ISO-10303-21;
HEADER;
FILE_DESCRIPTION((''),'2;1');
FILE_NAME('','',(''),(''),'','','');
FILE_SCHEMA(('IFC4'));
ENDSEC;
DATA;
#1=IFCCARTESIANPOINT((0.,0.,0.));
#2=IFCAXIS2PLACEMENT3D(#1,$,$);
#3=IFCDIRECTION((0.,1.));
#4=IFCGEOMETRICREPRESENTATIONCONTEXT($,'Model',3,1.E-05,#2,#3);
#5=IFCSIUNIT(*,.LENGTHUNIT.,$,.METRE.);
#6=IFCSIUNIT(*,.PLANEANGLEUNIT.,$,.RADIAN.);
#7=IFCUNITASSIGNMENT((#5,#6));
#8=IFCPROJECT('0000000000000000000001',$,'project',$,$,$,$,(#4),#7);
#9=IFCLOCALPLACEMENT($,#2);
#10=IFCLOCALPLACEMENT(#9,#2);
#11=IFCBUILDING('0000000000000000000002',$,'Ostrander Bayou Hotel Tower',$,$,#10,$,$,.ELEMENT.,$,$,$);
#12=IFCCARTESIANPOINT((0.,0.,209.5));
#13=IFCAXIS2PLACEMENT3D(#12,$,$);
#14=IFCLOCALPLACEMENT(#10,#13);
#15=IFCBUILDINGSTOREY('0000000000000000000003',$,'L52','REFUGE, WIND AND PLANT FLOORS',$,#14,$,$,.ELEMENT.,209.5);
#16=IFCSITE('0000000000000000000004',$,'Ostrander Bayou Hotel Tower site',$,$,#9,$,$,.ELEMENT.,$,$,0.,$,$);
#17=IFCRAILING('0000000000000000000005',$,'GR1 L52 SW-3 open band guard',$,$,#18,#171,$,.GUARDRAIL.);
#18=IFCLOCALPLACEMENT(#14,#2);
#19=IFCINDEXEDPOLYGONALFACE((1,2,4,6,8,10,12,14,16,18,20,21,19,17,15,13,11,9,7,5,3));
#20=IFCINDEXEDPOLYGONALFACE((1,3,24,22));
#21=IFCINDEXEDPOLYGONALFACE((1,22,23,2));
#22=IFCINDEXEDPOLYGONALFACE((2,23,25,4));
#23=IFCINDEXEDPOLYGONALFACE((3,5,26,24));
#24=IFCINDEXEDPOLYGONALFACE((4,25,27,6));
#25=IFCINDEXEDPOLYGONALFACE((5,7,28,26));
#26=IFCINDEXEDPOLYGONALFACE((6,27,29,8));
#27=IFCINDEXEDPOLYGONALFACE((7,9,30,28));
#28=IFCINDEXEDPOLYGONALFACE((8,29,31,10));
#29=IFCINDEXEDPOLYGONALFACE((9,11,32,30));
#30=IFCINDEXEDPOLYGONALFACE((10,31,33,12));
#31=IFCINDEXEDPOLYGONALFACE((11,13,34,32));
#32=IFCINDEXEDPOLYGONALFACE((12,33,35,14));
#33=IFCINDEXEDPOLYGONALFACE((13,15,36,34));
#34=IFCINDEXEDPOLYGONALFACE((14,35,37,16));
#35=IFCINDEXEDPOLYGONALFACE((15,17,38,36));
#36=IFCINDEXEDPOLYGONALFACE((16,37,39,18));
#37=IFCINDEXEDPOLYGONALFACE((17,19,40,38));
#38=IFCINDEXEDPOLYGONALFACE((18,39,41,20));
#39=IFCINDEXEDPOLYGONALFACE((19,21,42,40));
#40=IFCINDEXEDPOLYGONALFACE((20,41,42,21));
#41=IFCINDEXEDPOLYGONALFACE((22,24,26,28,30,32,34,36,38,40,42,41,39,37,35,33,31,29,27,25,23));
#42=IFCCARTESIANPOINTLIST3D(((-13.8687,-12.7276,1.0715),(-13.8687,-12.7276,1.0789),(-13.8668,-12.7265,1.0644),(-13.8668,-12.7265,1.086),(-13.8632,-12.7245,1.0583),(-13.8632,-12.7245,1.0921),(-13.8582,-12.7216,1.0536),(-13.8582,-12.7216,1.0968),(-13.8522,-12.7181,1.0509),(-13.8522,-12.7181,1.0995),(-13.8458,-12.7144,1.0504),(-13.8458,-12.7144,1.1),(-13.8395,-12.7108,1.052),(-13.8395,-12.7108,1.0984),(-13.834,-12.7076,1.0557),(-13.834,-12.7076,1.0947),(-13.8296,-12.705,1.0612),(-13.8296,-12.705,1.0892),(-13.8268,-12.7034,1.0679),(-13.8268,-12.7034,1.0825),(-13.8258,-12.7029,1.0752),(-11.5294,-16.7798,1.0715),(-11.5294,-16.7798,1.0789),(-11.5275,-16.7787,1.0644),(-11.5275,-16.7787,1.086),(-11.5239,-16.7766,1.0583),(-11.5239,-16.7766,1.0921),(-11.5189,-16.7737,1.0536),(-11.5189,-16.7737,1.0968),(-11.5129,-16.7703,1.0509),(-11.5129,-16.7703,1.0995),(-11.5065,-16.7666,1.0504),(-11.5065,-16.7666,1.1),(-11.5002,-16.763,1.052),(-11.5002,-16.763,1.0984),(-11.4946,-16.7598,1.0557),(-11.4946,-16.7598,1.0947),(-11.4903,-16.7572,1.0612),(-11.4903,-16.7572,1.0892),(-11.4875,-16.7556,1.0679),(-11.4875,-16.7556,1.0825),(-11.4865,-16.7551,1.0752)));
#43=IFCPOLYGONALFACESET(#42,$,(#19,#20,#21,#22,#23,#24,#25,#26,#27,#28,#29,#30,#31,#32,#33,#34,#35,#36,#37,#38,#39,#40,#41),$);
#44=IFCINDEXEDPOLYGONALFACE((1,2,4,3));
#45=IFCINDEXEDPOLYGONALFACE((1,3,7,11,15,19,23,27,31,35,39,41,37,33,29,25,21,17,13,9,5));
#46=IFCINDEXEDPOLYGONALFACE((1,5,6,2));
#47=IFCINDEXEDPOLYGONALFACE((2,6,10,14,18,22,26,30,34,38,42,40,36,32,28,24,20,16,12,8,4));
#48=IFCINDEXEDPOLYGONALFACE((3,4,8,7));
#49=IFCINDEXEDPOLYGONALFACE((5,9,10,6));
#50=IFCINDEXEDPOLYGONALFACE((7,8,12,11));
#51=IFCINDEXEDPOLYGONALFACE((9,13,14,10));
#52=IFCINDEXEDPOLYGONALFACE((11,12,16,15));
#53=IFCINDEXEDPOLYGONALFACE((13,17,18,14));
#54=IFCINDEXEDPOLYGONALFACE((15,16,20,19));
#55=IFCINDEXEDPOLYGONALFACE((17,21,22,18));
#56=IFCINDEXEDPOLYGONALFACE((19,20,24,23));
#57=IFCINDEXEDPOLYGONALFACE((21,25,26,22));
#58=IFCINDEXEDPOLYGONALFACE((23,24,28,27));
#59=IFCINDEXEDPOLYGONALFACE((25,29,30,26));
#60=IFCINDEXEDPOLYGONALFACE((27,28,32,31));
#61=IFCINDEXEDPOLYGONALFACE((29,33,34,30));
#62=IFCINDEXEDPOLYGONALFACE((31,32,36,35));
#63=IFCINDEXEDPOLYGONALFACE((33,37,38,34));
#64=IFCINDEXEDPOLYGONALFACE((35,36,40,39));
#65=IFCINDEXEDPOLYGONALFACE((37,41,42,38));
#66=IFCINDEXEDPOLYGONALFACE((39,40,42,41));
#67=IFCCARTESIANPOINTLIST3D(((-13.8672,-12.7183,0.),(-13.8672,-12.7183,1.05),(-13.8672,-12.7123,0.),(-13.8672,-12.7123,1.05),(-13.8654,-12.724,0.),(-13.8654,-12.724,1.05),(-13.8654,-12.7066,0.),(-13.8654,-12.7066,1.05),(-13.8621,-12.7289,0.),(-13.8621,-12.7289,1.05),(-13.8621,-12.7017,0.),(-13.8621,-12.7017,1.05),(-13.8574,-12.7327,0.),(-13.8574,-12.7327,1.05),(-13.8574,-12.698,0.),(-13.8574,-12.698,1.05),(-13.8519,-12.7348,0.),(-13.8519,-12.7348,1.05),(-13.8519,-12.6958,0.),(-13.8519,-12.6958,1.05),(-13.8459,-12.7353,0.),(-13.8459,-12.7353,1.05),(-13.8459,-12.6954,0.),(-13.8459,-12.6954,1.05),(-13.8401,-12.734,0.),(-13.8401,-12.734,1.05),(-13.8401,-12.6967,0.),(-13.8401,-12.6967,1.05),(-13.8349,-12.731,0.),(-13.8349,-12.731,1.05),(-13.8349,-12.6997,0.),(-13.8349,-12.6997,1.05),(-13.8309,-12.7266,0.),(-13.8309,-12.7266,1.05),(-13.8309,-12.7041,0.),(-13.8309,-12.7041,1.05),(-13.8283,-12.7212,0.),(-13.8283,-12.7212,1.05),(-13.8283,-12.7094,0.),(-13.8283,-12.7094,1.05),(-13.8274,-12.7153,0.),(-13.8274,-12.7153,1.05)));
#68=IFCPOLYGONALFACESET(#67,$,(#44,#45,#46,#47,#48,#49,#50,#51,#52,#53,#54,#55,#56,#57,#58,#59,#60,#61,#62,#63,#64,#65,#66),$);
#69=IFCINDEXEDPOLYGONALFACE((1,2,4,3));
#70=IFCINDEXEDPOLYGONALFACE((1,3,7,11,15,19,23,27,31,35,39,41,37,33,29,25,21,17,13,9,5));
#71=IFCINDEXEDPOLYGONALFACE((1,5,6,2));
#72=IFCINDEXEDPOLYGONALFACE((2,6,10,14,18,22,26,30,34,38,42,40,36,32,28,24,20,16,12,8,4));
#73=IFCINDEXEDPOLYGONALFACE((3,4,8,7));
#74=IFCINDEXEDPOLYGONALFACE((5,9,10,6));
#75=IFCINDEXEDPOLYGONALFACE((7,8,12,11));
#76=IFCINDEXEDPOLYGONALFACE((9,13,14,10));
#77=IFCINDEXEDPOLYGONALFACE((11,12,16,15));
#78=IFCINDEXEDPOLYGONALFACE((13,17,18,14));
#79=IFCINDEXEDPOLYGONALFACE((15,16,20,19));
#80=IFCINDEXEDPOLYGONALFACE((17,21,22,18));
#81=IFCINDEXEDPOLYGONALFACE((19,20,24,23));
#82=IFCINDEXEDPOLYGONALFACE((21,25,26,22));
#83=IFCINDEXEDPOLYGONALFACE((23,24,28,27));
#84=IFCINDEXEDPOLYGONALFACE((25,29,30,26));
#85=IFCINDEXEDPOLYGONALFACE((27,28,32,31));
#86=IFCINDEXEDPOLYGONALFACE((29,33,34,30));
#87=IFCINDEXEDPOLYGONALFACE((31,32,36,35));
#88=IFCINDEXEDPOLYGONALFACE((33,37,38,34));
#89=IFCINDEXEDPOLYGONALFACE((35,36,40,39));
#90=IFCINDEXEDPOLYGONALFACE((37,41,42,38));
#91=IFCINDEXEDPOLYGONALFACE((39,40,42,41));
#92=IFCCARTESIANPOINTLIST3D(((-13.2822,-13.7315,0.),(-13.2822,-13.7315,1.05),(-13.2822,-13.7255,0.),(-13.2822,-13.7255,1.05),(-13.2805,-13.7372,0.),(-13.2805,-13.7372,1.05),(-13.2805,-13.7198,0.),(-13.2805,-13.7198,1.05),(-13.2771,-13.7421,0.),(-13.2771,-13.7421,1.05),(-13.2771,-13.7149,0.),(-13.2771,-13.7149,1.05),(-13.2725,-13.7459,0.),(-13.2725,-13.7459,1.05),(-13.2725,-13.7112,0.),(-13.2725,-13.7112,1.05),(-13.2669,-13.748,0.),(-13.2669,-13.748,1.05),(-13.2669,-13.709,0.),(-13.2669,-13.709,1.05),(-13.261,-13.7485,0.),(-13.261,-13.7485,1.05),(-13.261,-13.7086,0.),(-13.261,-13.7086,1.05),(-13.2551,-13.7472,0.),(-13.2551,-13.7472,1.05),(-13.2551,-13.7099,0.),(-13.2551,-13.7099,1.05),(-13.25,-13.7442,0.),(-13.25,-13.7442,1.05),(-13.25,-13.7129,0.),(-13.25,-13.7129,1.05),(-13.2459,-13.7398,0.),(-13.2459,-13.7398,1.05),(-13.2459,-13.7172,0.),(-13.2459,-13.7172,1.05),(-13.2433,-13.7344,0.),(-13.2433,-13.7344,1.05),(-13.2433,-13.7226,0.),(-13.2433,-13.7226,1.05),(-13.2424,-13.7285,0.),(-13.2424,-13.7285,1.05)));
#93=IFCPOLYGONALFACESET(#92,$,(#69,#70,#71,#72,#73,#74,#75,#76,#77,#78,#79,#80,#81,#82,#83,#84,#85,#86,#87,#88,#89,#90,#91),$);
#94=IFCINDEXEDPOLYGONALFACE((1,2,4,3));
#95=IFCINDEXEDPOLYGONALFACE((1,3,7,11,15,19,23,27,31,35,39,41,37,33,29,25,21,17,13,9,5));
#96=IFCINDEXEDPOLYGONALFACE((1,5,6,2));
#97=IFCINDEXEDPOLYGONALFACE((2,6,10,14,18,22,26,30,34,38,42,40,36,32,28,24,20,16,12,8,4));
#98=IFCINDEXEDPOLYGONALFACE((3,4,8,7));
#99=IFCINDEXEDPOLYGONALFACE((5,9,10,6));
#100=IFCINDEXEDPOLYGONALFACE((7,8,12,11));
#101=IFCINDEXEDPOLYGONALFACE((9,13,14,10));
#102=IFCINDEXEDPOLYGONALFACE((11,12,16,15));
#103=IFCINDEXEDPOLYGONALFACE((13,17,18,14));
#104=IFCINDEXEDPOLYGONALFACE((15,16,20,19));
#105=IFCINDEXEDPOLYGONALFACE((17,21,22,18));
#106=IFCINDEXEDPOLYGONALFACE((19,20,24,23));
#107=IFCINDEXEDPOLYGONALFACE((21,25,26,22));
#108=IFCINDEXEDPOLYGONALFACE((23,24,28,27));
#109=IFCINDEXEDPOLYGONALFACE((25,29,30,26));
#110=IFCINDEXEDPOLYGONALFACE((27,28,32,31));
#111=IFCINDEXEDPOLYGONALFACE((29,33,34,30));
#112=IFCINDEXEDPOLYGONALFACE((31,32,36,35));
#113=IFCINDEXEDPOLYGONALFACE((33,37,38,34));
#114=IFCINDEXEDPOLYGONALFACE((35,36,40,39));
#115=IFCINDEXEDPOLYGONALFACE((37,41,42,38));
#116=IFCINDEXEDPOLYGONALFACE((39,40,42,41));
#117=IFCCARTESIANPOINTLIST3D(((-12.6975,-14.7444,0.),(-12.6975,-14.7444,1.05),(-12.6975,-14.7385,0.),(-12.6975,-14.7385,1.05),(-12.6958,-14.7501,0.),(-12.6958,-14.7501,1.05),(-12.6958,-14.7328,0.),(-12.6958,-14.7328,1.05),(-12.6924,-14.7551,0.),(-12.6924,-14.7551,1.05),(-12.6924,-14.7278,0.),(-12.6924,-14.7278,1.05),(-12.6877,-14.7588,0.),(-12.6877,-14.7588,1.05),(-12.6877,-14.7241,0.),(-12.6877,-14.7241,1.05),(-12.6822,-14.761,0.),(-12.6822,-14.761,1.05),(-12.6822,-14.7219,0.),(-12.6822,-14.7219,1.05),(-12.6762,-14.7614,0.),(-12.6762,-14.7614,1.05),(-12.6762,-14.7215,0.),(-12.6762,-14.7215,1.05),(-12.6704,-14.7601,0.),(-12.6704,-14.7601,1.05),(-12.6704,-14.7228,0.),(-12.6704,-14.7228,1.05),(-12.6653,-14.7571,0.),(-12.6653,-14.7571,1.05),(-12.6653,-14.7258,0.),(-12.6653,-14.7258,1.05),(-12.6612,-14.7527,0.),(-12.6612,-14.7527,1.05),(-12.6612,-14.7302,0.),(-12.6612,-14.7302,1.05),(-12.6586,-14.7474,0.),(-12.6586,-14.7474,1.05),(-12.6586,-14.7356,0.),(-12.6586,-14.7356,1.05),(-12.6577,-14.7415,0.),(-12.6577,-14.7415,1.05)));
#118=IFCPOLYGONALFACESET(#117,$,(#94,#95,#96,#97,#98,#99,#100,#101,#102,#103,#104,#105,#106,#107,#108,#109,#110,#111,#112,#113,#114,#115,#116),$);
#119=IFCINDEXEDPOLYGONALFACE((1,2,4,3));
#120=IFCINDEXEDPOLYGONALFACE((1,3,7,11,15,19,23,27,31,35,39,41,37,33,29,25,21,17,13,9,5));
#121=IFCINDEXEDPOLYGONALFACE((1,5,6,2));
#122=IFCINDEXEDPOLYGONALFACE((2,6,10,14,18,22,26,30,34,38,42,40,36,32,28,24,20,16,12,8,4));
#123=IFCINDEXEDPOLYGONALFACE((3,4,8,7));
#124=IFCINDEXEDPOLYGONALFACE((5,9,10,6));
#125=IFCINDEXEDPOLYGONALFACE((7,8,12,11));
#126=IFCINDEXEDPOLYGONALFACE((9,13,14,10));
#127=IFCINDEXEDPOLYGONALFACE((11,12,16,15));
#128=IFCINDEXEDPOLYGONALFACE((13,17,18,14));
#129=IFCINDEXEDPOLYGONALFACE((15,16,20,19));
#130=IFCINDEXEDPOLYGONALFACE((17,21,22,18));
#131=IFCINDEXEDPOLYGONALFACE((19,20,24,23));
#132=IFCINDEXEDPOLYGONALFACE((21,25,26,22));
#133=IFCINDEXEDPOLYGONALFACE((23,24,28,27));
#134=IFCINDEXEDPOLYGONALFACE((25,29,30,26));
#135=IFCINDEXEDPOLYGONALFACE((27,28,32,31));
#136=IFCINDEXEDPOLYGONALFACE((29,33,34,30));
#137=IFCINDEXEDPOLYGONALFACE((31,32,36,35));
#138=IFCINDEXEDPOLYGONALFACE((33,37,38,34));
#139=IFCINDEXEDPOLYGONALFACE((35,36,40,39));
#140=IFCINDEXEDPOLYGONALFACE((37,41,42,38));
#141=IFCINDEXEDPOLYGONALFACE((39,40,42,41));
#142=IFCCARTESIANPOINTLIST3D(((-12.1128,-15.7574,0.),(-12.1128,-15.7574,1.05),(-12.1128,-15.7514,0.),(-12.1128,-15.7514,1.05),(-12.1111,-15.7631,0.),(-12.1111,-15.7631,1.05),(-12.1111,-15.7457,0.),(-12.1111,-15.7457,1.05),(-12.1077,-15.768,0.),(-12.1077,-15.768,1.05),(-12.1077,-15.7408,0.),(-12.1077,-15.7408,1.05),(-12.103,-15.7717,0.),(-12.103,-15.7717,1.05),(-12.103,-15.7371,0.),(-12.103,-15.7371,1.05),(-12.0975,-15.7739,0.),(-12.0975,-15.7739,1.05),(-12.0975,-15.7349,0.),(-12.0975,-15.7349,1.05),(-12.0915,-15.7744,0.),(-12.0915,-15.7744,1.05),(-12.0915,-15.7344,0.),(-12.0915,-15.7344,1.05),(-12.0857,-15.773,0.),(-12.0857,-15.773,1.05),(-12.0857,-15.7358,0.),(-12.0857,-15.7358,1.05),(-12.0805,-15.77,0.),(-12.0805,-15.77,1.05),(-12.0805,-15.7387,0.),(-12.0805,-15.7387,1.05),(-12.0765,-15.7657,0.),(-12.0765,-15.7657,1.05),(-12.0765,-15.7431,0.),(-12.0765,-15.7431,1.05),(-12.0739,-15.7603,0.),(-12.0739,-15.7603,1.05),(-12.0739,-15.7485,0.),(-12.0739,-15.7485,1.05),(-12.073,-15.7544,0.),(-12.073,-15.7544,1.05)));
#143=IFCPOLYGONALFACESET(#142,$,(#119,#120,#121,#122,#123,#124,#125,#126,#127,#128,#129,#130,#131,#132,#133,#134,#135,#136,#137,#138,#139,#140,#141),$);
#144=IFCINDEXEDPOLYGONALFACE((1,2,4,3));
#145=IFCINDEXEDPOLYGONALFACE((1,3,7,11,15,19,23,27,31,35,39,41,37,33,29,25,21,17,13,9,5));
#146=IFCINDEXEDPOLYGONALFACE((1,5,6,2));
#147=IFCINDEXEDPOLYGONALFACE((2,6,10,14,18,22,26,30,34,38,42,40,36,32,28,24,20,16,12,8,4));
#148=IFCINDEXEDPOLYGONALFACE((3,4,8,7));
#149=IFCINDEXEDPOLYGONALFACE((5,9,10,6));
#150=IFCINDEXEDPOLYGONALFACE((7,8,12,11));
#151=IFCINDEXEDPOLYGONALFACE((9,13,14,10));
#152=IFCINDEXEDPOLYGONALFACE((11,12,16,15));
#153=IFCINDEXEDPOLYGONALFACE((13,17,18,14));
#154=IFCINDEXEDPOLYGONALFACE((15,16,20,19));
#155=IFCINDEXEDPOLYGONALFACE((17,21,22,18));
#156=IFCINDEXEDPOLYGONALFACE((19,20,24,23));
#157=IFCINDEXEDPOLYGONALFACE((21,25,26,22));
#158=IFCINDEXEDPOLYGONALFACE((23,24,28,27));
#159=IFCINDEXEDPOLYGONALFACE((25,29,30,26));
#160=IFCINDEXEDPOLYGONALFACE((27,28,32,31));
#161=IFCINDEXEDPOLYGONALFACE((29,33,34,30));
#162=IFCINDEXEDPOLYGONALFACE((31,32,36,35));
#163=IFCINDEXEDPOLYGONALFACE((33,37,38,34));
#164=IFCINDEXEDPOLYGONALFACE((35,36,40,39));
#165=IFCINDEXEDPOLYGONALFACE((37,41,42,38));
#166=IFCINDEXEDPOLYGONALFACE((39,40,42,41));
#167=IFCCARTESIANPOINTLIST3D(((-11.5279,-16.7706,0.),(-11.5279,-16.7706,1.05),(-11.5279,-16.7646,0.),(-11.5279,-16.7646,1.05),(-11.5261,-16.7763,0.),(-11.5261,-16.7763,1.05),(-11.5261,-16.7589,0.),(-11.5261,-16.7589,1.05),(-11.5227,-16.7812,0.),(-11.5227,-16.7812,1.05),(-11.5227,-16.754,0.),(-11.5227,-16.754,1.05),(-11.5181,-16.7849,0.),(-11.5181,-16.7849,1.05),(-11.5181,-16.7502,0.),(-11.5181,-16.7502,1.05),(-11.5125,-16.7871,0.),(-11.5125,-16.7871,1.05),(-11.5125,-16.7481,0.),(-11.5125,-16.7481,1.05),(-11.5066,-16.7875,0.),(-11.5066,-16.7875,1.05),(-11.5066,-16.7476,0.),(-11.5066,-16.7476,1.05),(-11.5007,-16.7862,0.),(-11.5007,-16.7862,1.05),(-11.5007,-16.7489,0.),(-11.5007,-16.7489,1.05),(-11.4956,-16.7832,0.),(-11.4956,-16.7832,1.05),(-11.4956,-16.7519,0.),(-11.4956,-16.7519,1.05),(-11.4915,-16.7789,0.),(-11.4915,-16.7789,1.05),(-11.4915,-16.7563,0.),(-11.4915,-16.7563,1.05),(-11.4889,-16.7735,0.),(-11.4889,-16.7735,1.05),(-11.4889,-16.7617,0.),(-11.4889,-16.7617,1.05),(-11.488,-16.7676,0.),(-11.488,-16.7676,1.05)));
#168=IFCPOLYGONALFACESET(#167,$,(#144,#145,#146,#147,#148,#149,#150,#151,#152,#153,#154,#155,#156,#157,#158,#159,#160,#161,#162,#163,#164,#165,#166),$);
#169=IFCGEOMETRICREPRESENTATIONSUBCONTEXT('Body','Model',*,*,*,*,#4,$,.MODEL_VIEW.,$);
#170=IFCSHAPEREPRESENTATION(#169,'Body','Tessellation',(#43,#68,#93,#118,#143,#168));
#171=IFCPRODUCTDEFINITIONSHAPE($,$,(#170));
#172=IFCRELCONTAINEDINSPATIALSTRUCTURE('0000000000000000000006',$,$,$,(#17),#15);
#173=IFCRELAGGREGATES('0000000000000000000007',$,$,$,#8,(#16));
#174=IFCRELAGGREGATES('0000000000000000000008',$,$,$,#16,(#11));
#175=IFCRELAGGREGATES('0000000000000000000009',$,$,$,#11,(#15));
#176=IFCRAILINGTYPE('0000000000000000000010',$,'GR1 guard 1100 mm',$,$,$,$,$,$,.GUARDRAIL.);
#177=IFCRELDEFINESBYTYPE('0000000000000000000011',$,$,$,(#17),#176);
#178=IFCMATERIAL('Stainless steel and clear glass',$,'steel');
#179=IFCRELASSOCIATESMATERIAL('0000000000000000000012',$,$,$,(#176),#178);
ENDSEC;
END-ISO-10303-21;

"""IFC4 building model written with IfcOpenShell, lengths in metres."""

from ifc_helpers import new_model, si_unit, direction, frame, origin, origin_2d, place, context, subcontext, project, spatial, circle, extrude, material, type_object, element, save


model = new_model("IFC4")

# Units and contexts
model_context = context("Model", 3, precision=1e-05, world=origin(), true_north=direction((0.0, 1.0)))
body_context = subcontext(model_context, "Body", "Model", "MODEL_VIEW")
ifc_project = project(units=[si_unit("LENGTHUNIT", "METRE"), si_unit("PLANEANGLEUNIT", "RADIAN")], contexts=[model_context])

# Site, building, storey
site_placement = place(None, origin())
site = spatial("IfcSite", under=ifc_project, at=site_placement, Name="Ostrander Bayou Hotel Tower site", CompositionType="ELEMENT", RefElevation=0.0)
building_placement = place(site_placement, origin())
building = spatial("IfcBuilding", under=site, at=building_placement, Name="Ostrander Bayou Hotel Tower", CompositionType="ELEMENT")
storey_placement = place(building_placement, frame((0.0, 0.0, 209.5)))
storey = spatial("IfcBuildingStorey", under=building, at=storey_placement, Name="L52", Description="REFUGE, WIND AND PLANT FLOORS", CompositionType="ELEMENT", Elevation=209.5)

# Railing
ifc_material_1 = material(Name="Stainless steel and clear glass", Category="steel")
railing_type = type_object("IfcRailingType", Name="GR1 guard 1100 mm", PredefinedType="GUARDRAIL", material=ifc_material_1)
railing_1_placement = place(storey_placement, frame((-13.8474, -12.7153, 0.0)))
element("IfcRailing", 1, at=railing_1_placement, inside=storey, type_object=railing_type, Name="GR1 L52 SW-3 open band guard", PredefinedType="GUARDRAIL", context=body_context, shape_type="SweptSolid", body=[
    extrude(circle(Radius=0.0249, at=origin_2d()), frame((0.0, 0.0, 1.0752), z_axis=(0.499966, -0.866045, 0.0), x_axis=(0.866045, 0.499966, 0.0)), (0.0, 0.0, 1.0), 4.679),
    extrude(circle(Radius=0.02, at=origin_2d()), origin(), (0.0, 0.0, 1.0), 1.05),
    extrude(circle(Radius=0.02, at=origin_2d()), frame((0.585, -1.0132, 0.0)), (0.0, 0.0, 1.0), 1.05),
    extrude(circle(Radius=0.02, at=origin_2d()), frame((1.1697, -2.0261, 0.0)), (0.0, 0.0, 1.0), 1.05),
    extrude(circle(Radius=0.02, at=origin_2d()), frame((1.7544, -3.0391, 0.0)), (0.0, 0.0, 1.0), 1.05),
    extrude(circle(Radius=0.02, at=origin_2d()), frame((2.3394, -4.0522, 0.0)), (0.0, 0.0, 1.0), 1.05),
])

save(model, "model.ifc")
